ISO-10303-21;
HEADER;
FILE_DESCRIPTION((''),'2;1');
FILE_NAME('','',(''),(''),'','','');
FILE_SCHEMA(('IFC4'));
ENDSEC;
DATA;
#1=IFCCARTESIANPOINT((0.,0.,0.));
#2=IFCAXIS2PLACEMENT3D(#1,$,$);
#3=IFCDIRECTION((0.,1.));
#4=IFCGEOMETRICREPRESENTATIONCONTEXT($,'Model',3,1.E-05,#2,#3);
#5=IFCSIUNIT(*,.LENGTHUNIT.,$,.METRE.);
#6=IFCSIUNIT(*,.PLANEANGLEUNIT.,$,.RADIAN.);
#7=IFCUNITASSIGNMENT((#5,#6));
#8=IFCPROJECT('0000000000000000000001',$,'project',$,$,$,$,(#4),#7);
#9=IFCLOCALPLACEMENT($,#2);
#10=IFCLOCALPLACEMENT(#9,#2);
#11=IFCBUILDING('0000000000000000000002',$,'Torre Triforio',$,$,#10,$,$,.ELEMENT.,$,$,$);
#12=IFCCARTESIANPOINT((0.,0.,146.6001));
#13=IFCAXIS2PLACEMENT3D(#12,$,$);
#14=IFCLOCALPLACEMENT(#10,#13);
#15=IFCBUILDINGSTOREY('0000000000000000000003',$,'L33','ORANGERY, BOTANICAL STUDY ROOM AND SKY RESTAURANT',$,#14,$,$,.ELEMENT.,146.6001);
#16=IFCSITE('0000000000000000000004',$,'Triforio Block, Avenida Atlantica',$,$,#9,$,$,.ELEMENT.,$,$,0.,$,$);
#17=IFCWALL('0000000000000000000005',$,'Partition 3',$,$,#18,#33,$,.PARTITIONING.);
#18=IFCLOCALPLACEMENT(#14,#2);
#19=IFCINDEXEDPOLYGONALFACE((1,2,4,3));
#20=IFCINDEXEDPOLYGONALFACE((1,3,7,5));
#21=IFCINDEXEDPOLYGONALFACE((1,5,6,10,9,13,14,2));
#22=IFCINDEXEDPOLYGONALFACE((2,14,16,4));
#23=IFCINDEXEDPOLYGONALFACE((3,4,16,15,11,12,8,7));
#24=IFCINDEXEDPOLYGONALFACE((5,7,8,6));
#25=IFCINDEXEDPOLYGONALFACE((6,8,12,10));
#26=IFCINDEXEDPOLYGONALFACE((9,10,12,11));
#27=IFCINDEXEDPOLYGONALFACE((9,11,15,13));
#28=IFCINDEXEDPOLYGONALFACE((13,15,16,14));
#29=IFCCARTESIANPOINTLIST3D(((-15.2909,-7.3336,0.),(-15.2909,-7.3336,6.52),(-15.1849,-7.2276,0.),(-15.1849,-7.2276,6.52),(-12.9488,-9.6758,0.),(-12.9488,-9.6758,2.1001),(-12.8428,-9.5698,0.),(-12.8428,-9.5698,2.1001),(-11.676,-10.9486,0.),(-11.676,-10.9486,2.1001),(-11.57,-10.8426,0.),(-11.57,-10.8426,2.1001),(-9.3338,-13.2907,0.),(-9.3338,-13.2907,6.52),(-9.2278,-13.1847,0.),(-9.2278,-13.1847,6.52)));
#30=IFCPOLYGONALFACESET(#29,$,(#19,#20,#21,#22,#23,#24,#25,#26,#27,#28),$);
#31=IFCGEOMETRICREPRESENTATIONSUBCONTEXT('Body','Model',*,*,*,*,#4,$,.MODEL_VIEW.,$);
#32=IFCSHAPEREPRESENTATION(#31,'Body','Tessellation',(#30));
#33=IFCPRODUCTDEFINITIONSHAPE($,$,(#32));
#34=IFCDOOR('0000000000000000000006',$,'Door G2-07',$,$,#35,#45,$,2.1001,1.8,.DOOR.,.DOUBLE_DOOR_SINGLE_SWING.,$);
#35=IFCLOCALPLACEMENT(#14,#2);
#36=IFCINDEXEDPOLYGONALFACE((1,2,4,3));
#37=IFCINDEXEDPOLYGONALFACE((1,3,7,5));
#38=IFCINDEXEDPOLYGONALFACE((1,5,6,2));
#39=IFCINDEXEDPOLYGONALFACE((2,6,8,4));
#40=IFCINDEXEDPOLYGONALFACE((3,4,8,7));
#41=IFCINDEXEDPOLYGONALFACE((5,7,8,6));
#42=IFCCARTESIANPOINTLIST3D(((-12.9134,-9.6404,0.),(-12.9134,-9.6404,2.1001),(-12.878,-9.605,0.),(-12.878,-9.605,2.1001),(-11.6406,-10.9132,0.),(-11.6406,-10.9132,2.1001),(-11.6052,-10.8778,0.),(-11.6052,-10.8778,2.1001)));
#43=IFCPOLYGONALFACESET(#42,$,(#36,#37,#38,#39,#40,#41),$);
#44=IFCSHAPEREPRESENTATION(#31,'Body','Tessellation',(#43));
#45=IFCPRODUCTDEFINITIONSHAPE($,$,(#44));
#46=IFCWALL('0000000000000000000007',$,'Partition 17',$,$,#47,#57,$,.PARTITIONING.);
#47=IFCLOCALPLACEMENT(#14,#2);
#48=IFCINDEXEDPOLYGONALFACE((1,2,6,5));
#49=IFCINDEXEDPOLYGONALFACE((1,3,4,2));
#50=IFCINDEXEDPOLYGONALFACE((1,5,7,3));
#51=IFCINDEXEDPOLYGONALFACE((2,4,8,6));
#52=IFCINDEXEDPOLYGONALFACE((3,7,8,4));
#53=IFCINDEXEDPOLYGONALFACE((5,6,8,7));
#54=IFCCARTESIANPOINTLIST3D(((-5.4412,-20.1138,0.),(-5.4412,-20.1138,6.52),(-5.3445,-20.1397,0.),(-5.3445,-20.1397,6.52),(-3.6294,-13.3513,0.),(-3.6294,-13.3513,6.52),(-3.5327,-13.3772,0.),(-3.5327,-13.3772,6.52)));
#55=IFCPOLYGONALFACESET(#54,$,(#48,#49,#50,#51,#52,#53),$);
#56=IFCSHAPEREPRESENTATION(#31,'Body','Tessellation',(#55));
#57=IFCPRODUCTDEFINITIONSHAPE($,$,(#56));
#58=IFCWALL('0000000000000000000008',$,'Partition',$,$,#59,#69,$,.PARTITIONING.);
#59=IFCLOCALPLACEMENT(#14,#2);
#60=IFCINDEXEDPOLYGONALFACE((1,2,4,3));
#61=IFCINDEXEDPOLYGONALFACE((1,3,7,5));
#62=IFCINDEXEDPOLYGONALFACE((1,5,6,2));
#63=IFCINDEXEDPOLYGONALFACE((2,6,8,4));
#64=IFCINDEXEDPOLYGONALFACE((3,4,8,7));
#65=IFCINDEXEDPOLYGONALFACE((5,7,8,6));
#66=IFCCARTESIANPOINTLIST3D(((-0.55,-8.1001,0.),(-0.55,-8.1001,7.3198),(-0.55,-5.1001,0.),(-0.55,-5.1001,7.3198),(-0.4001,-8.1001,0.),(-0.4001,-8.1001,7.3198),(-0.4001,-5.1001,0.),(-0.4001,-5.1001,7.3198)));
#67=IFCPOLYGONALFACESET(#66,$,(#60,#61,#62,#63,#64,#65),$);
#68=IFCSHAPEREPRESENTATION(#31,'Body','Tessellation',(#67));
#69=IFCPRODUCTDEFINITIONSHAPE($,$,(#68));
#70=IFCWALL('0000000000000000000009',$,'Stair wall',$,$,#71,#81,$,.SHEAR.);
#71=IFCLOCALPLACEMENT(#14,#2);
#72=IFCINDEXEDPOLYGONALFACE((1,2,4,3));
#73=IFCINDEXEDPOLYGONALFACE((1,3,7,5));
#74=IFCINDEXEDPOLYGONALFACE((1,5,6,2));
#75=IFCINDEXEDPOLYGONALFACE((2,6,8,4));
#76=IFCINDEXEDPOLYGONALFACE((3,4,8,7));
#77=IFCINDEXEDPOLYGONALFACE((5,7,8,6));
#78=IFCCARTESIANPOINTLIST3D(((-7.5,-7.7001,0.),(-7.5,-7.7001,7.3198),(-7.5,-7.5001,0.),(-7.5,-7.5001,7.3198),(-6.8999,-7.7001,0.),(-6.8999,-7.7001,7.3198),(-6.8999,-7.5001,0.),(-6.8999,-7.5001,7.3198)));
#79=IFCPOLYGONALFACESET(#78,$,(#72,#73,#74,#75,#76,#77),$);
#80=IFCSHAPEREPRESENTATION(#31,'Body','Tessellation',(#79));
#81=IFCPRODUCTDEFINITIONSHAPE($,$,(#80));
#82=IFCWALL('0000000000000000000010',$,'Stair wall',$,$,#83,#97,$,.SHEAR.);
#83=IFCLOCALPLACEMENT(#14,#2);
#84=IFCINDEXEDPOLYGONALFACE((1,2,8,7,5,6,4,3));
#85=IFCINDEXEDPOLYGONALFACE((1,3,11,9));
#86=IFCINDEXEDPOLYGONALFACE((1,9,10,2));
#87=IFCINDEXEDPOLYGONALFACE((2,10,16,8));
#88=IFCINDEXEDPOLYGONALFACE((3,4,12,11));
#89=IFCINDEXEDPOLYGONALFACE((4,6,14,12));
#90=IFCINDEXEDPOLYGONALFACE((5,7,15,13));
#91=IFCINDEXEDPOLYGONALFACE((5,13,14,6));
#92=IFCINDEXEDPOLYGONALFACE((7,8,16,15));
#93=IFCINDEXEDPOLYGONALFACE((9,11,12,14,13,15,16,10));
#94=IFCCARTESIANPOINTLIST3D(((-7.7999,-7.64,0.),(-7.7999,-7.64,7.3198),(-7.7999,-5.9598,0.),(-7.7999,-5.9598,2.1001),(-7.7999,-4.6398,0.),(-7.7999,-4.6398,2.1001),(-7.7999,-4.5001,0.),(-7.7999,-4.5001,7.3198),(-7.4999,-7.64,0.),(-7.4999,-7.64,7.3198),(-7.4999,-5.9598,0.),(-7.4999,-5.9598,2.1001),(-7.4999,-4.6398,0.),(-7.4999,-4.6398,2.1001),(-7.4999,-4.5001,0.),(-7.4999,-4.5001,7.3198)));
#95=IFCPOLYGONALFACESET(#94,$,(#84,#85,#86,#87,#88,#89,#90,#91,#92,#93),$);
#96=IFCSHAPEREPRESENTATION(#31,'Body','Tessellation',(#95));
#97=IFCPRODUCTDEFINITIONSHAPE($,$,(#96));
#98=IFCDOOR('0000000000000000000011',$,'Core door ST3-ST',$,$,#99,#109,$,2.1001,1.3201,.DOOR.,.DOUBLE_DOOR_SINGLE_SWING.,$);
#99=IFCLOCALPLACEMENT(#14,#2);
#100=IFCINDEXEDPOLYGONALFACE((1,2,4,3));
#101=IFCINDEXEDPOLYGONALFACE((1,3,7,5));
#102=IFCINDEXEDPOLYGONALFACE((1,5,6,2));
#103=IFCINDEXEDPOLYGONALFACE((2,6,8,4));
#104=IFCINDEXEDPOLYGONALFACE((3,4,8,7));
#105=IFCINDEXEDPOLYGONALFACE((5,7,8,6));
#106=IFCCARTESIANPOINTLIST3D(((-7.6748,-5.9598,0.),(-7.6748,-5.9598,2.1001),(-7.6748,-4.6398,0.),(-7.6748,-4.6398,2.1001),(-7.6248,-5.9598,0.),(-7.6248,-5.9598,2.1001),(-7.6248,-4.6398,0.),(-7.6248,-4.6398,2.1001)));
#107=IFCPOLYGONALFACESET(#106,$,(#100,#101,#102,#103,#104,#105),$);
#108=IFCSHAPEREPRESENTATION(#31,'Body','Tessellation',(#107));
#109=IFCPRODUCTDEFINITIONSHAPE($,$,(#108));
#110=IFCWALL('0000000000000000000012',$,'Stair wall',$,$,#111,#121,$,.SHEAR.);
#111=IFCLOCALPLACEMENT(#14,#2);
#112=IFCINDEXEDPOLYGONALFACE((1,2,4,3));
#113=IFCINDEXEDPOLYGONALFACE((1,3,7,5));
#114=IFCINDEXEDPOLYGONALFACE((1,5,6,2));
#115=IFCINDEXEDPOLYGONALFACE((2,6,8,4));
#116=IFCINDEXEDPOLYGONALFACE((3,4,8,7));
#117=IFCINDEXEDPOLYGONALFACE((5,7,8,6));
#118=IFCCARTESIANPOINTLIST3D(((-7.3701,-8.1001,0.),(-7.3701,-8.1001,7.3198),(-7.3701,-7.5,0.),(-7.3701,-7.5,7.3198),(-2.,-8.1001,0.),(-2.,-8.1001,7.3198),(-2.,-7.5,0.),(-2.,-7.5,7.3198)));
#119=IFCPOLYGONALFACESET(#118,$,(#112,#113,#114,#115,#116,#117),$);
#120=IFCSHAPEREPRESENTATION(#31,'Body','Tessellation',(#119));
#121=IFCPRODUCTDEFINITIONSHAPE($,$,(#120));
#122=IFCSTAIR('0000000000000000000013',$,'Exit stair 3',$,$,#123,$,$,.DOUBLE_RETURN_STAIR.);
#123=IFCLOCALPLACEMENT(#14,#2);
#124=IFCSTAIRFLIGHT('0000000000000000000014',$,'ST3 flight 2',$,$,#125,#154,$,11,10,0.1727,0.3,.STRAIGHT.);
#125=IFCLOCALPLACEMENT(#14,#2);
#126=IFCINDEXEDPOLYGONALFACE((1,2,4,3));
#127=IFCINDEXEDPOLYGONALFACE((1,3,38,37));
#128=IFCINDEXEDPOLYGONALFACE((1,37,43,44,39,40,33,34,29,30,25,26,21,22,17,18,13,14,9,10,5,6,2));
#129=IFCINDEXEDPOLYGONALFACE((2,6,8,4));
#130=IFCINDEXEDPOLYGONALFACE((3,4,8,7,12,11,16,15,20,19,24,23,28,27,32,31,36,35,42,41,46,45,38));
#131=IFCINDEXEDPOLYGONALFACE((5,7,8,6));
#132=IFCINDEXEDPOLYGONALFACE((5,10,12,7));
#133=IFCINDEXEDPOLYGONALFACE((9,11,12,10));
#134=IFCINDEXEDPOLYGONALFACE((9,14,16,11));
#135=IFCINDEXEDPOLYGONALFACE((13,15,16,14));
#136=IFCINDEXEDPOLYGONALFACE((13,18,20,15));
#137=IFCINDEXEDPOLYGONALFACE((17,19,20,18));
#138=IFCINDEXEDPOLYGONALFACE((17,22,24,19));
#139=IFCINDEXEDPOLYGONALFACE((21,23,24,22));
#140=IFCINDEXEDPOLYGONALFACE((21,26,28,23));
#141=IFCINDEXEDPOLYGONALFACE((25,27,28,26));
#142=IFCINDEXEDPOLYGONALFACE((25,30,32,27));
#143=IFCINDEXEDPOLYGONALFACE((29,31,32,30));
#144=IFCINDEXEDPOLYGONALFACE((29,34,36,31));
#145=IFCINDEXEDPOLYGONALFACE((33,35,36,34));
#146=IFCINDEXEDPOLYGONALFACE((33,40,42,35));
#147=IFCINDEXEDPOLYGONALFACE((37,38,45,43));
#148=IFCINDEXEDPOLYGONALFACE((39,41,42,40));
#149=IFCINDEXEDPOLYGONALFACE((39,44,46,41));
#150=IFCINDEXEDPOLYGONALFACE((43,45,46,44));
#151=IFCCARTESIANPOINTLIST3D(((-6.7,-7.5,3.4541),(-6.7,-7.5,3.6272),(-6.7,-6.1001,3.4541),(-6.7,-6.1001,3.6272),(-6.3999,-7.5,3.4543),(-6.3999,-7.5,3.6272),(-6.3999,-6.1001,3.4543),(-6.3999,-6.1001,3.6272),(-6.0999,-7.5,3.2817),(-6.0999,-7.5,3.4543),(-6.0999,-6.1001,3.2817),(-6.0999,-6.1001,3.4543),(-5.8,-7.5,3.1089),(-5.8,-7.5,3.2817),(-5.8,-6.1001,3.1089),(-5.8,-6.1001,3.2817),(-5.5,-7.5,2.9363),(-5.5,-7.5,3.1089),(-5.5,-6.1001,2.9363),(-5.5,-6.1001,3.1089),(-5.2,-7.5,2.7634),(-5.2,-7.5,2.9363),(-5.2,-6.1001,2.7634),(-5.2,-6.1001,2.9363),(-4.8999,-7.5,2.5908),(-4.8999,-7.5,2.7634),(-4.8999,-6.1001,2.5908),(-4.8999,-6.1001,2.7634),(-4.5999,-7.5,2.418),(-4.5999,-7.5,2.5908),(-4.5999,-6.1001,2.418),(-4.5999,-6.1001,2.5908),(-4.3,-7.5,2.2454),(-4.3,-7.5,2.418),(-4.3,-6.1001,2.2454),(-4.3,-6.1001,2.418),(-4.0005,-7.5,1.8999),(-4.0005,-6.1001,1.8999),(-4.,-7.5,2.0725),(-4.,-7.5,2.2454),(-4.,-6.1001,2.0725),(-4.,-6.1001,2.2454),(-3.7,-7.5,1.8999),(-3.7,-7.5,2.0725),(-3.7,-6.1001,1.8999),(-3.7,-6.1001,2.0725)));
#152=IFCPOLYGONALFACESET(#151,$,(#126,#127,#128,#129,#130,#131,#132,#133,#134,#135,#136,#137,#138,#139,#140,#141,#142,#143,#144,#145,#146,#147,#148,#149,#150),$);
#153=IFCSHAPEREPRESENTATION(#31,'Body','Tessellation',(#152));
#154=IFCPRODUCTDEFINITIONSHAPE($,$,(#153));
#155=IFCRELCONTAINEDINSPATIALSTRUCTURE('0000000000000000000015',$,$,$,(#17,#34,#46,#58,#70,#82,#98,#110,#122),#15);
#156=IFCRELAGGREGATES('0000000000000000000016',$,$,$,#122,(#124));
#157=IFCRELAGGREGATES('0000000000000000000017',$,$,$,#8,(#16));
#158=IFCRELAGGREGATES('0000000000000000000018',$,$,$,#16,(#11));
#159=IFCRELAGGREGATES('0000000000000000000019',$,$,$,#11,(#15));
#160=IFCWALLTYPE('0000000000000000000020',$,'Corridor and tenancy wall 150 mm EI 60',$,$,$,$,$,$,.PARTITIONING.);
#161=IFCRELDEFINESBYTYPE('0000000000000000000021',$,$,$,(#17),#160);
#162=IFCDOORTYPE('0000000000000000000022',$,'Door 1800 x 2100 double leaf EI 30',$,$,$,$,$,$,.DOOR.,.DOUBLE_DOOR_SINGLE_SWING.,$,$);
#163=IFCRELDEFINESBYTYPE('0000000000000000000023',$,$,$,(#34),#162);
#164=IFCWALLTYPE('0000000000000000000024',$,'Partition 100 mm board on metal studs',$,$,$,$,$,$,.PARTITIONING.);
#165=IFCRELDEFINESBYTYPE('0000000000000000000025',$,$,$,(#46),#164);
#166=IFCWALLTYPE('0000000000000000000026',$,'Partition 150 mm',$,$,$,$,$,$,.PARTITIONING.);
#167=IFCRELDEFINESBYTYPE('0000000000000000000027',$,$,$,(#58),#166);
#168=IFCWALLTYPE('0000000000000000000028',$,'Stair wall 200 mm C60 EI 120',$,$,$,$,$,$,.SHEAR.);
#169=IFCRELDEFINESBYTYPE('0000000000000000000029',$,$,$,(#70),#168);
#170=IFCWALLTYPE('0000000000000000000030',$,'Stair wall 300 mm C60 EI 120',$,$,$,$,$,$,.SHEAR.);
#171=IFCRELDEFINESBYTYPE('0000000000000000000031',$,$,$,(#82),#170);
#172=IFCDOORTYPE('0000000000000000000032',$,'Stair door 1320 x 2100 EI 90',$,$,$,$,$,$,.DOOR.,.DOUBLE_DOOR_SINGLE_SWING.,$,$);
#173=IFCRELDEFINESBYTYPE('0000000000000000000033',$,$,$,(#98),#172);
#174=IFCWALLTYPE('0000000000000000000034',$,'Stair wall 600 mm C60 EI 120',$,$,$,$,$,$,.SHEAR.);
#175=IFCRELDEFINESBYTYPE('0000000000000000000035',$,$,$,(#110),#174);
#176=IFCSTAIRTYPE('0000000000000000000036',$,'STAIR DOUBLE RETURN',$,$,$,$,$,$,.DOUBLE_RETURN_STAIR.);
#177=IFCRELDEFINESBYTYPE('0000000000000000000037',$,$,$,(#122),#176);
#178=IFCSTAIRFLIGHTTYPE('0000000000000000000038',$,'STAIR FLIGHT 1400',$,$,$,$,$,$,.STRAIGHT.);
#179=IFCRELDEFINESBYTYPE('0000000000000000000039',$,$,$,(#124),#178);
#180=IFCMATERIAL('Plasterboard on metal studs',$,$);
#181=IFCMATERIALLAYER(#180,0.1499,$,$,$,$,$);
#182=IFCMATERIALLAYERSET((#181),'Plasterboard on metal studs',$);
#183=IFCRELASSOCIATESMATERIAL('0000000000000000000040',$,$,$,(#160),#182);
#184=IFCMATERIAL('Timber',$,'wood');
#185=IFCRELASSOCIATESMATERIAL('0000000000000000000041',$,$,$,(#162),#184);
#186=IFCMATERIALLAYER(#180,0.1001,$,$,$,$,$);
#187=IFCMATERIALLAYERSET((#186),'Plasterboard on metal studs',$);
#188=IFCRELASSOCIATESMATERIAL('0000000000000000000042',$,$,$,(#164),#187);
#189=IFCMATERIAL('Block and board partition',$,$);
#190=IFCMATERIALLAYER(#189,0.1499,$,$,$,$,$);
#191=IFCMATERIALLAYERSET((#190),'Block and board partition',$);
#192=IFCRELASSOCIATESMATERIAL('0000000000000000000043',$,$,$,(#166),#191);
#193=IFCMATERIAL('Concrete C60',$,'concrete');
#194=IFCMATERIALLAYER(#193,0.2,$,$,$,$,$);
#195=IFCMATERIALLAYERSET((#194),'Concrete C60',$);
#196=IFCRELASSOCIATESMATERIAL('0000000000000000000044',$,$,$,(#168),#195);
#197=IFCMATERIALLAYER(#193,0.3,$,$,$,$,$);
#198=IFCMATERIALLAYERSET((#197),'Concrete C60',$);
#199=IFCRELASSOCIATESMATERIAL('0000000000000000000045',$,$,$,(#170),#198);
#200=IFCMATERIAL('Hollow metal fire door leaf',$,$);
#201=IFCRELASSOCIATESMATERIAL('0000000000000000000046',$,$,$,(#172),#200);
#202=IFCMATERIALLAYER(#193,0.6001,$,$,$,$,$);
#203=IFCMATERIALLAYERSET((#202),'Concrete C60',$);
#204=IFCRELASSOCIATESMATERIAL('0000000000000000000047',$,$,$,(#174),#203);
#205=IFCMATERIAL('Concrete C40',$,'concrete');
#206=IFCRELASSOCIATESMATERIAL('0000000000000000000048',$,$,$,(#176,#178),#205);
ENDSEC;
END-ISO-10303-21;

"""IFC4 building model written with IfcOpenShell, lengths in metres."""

from ifc_helpers import new_model, si_unit, direction, frame, frame_2d, origin, place, context, subcontext, project, spatial, polyline, rectangle, outline, extrude, material, layer, layer_set, type_object, element, fill, aggregate, save


model = new_model("IFC4")

# Units and contexts
model_context = context("Model", 3, precision=1e-05, world=origin(), true_north=direction((0.0, 1.0)))
body_context = subcontext(model_context, "Body", "Model", "MODEL_VIEW")
ifc_project = project(units=[si_unit("LENGTHUNIT", "METRE"), si_unit("PLANEANGLEUNIT", "RADIAN")], contexts=[model_context])

# Site, building, storey
site_placement = place(None, origin())
site = spatial("IfcSite", under=ifc_project, at=site_placement, Name="Triforio Block, Avenida Atlantica", CompositionType="ELEMENT", RefElevation=0.0)
building_placement = place(site_placement, origin())
building = spatial("IfcBuilding", under=site, at=building_placement, Name="Torre Triforio", CompositionType="ELEMENT")
storey_placement = place(building_placement, frame((0.0, 0.0, 146.6001)))
storey = spatial("IfcBuildingStorey", under=building, at=storey_placement, Name="L33", Description="ORANGERY, BOTANICAL STUDY ROOM AND SKY RESTAURANT", CompositionType="ELEMENT", Elevation=146.6001)

# Shared definitions
ifc_material_1 = material(Name="Concrete C60", Category="concrete")

# Shared definitions
ifc_material_2 = material(Name="Hollow metal fire door leaf")

# Wall, opening, door
ifc_material_3 = material(Name="Plasterboard on metal studs")
ifc_layer_1 = layer(ifc_material_3, 0.1499)
ifc_layer_set_1 = layer_set([ifc_layer_1], Name="Plasterboard on metal studs")
wall_type_1 = type_object("IfcWallType", Name="Corridor and tenancy wall 150 mm EI 60", PredefinedType="PARTITIONING", material=ifc_layer_set_1)
wall_1_placement = place(storey_placement, frame((-9.2808, -13.2378, 0.0), z_axis=(0.0, 0.0, 1.0), x_axis=(-0.707107, 0.707107, 0.0)))
wall_1 = element("IfcWall", 1, at=wall_1_placement, inside=storey, type_object=wall_type_1, Name="Partition 3", PredefinedType="PARTITIONING", context=body_context, shape_type="SweptSolid", body=[
    extrude(rectangle(XDim=8.4246, YDim=0.1499, at=frame_2d((4.2124, 0.0))), origin(), (0.0, 0.0, 1.0), 6.52),
])
opening_1_placement = place(wall_1_placement, frame((3.3125, 0.0, 0.0)))
opening_1 = element("IfcOpeningElement", 2, at=opening_1_placement, cuts=wall_1, PredefinedType="OPENING", context=body_context, shape_type="SweptSolid", body=[
    extrude(rectangle(XDim=1.8, YDim=2.1001, at=frame_2d((0.8999, 1.05))), frame((0.0, 0.085, 0.0), z_axis=(0.0, -1.0, 0.0), x_axis=(1.0, 0.0, 0.0)), (0.0, 0.0, 1.0), 0.1699),
])
ifc_material_4 = material(Name="Timber", Category="wood")
door_type_1 = type_object("IfcDoorType", Name="Door 1800 x 2100 double leaf EI 30", OperationType="DOUBLE_DOOR_SINGLE_SWING", PredefinedType="DOOR", material=ifc_material_4)
door_1_placement = place(opening_1_placement, origin())
door_1 = element("IfcDoor", 3, at=door_1_placement, inside=storey, type_object=door_type_1, Name="Door G2-07", OperationType="DOUBLE_DOOR_SINGLE_SWING", OverallHeight=2.1001, OverallWidth=1.8, PredefinedType="DOOR", context=body_context, shape_type="SweptSolid", body=[
    extrude(rectangle(XDim=1.8, YDim=2.1001, at=frame_2d((0.8999, 1.05))), frame((0.0, 0.0249, 0.0), z_axis=(0.0, -1.0, 0.0), x_axis=(1.0, 0.0, 0.0)), (0.0, 0.0, 1.0), 0.05),
])
fill(opening_1, door_1)

# Walls
ifc_layer_2 = layer(ifc_material_3, 0.1001)
ifc_layer_set_2 = layer_set([ifc_layer_2], Name="Plasterboard on metal studs")
wall_type_2 = type_object("IfcWallType", Name="Partition 100 mm board on metal studs", PredefinedType="PARTITIONING", material=ifc_layer_set_2)
wall_2_placement = place(storey_placement, frame((-3.5811, -13.3643, 0.0), z_axis=(0.0, 0.0, 1.0), x_axis=(-0.258789, -0.965934, 0.0)))
element("IfcWall", 4, at=wall_2_placement, inside=storey, type_object=wall_type_2, Name="Partition 17", PredefinedType="PARTITIONING", context=body_context, shape_type="SweptSolid", body=[
    extrude(rectangle(XDim=7.001, YDim=0.1001, at=frame_2d((3.5005, 0.0))), origin(), (0.0, 0.0, 1.0), 6.52),
])
ifc_material_5 = material(Name="Block and board partition")
ifc_layer_3 = layer(ifc_material_5, 0.1499)
ifc_layer_set_3 = layer_set([ifc_layer_3], Name="Block and board partition")
wall_type_3 = type_object("IfcWallType", Name="Partition 150 mm", PredefinedType="PARTITIONING", material=ifc_layer_set_3)
wall_3_placement = place(storey_placement, frame((-0.4751, -8.1001, 0.0), z_axis=(0.0, 0.0, 1.0), x_axis=(0.0, 1.0, 0.0)))
element("IfcWall", 5, at=wall_3_placement, inside=storey, type_object=wall_type_3, Name="Partition", PredefinedType="PARTITIONING", context=body_context, shape_type="SweptSolid", body=[
    extrude(rectangle(XDim=3.0, YDim=0.1499, at=frame_2d((1.5, 0.0))), origin(), (0.0, 0.0, 1.0), 7.3198),
])
ifc_layer_4 = layer(ifc_material_1, 0.2)
ifc_layer_set_4 = layer_set([ifc_layer_4], Name="Concrete C60")
wall_type_4 = type_object("IfcWallType", Name="Stair wall 200 mm C60 EI 120", PredefinedType="SHEAR", material=ifc_layer_set_4)
wall_4_placement = place(storey_placement, frame((-7.5, -7.6001, 0.0), z_axis=(0.0, 0.0, 1.0), x_axis=(1.0, 0.0, 0.0)))
element("IfcWall", 6, at=wall_4_placement, inside=storey, type_object=wall_type_4, Name="Stair wall", PredefinedType="SHEAR", context=body_context, shape_type="SweptSolid", body=[
    extrude(rectangle(XDim=0.6001, YDim=0.2, at=frame_2d((0.3, 0.0))), origin(), (0.0, 0.0, 1.0), 7.3198),
])

# Wall, opening, door
ifc_layer_5 = layer(ifc_material_1, 0.3)
ifc_layer_set_5 = layer_set([ifc_layer_5], Name="Concrete C60")
wall_type_5 = type_object("IfcWallType", Name="Stair wall 300 mm C60 EI 120", PredefinedType="SHEAR", material=ifc_layer_set_5)
wall_5_placement = place(storey_placement, frame((-7.6499, -7.6399, 0.0), z_axis=(0.0, 0.0, 1.0), x_axis=(0.0, 1.0, 0.0)))
wall_5 = element("IfcWall", 7, at=wall_5_placement, inside=storey, type_object=wall_type_5, Name="Stair wall", PredefinedType="SHEAR", context=body_context, shape_type="SweptSolid", body=[
    extrude(rectangle(XDim=3.1399, YDim=0.3, at=frame_2d((1.5698, 0.0))), origin(), (0.0, 0.0, 1.0), 7.3198),
])
opening_2_placement = place(wall_5_placement, frame((1.6799, 0.0, 0.0)))
opening_2 = element("IfcOpeningElement", 8, at=opening_2_placement, cuts=wall_5, PredefinedType="OPENING", context=body_context, shape_type="SweptSolid", body=[
    extrude(rectangle(XDim=1.3201, YDim=2.1001, at=frame_2d((0.6602, 1.05))), frame((0.0, 0.1599, 0.0), z_axis=(0.0, -1.0, 0.0), x_axis=(1.0, 0.0, 0.0)), (0.0, 0.0, 1.0), 0.3201),
])
door_type_2 = type_object("IfcDoorType", Name="Stair door 1320 x 2100 EI 90", OperationType="DOUBLE_DOOR_SINGLE_SWING", PredefinedType="DOOR", material=ifc_material_2)
door_2_placement = place(opening_2_placement, origin())
door_2 = element("IfcDoor", 9, at=door_2_placement, inside=storey, type_object=door_type_2, Name="Core door ST3-ST", OperationType="DOUBLE_DOOR_SINGLE_SWING", OverallHeight=2.1001, OverallWidth=1.3201, PredefinedType="DOOR", context=body_context, shape_type="SweptSolid", body=[
    extrude(rectangle(XDim=1.3201, YDim=2.1001, at=frame_2d((0.6602, 1.05))), frame((0.0, 0.0249, 0.0), z_axis=(0.0, -1.0, 0.0), x_axis=(1.0, 0.0, 0.0)), (0.0, 0.0, 1.0), 0.05),
])
fill(opening_2, door_2)

# Wall
ifc_layer_6 = layer(ifc_material_1, 0.6001)
ifc_layer_set_6 = layer_set([ifc_layer_6], Name="Concrete C60")
wall_type_6 = type_object("IfcWallType", Name="Stair wall 600 mm C60 EI 120", PredefinedType="SHEAR", material=ifc_layer_set_6)
wall_6_placement = place(storey_placement, frame((-7.3701, -7.8, 0.0), z_axis=(0.0, 0.0, 1.0), x_axis=(1.0, 0.0, 0.0)))
element("IfcWall", 10, at=wall_6_placement, inside=storey, type_object=wall_type_6, Name="Stair wall", PredefinedType="SHEAR", context=body_context, shape_type="SweptSolid", body=[
    extrude(rectangle(XDim=5.3701, YDim=0.6001, at=frame_2d((2.6851, 0.0))), origin(), (0.0, 0.0, 1.0), 7.3198),
])

# Stair, stair flight
ifc_material_6 = material(Name="Concrete C40", Category="concrete")
stair_type = type_object("IfcStairType", Name="STAIR DOUBLE RETURN", PredefinedType="DOUBLE_RETURN_STAIR", material=ifc_material_6)
stair_placement = place(storey_placement, origin())
stair = element("IfcStair", 11, at=stair_placement, inside=storey, type_object=stair_type, Name="Exit stair 3", PredefinedType="DOUBLE_RETURN_STAIR")
stair_flight_type = type_object("IfcStairFlightType", Name="STAIR FLIGHT 1400", PredefinedType="STRAIGHT", material=ifc_material_6)
stair_flight_1_placement = place(storey_placement, frame((-3.7, -6.8, 1.8999), z_axis=(0.0, 0.0, 1.0), x_axis=(-1.0, 0.0, 0.0)))
stair_flight_1 = element("IfcStairFlight", 12, at=stair_flight_1_placement, type_object=stair_flight_type, Name="ST3 flight 2", NumberOfRisers=11, NumberOfTreads=10, PredefinedType="STRAIGHT", RiserHeight=0.1727, TreadLength=0.3, context=body_context, shape_type="SweptSolid", body=[
    extrude(outline(polyline([(0.0, 0.0), (0.0, 0.1726), (0.3, 0.1726), (0.3, 0.3455), (0.6001, 0.3455), (0.6001, 0.5181), (0.8999, 0.5181), (0.8999, 0.6909), (1.2, 0.6909), (1.2, 0.8635), (1.5, 0.8635), (1.5, 1.0364), (1.8, 1.0364), (1.8, 1.209), (2.1001, 1.209), (2.1001, 1.3818), (2.3999, 1.3818), (2.3999, 1.5544), (2.7, 1.5544), (2.7, 1.7273), (3.0, 1.7273), (3.0, 1.8999), (3.0, 1.5542), (0.3005, 0.0), (0.0, 0.0)])), frame((0.0, 0.7, 0.0), z_axis=(0.0, -1.0, 0.0), x_axis=(1.0, 0.0, 0.0)), (0.0, 0.0, 1.0), 1.3999),
])
aggregate(stair, [stair_flight_1])

save(model, "model.ifc")
